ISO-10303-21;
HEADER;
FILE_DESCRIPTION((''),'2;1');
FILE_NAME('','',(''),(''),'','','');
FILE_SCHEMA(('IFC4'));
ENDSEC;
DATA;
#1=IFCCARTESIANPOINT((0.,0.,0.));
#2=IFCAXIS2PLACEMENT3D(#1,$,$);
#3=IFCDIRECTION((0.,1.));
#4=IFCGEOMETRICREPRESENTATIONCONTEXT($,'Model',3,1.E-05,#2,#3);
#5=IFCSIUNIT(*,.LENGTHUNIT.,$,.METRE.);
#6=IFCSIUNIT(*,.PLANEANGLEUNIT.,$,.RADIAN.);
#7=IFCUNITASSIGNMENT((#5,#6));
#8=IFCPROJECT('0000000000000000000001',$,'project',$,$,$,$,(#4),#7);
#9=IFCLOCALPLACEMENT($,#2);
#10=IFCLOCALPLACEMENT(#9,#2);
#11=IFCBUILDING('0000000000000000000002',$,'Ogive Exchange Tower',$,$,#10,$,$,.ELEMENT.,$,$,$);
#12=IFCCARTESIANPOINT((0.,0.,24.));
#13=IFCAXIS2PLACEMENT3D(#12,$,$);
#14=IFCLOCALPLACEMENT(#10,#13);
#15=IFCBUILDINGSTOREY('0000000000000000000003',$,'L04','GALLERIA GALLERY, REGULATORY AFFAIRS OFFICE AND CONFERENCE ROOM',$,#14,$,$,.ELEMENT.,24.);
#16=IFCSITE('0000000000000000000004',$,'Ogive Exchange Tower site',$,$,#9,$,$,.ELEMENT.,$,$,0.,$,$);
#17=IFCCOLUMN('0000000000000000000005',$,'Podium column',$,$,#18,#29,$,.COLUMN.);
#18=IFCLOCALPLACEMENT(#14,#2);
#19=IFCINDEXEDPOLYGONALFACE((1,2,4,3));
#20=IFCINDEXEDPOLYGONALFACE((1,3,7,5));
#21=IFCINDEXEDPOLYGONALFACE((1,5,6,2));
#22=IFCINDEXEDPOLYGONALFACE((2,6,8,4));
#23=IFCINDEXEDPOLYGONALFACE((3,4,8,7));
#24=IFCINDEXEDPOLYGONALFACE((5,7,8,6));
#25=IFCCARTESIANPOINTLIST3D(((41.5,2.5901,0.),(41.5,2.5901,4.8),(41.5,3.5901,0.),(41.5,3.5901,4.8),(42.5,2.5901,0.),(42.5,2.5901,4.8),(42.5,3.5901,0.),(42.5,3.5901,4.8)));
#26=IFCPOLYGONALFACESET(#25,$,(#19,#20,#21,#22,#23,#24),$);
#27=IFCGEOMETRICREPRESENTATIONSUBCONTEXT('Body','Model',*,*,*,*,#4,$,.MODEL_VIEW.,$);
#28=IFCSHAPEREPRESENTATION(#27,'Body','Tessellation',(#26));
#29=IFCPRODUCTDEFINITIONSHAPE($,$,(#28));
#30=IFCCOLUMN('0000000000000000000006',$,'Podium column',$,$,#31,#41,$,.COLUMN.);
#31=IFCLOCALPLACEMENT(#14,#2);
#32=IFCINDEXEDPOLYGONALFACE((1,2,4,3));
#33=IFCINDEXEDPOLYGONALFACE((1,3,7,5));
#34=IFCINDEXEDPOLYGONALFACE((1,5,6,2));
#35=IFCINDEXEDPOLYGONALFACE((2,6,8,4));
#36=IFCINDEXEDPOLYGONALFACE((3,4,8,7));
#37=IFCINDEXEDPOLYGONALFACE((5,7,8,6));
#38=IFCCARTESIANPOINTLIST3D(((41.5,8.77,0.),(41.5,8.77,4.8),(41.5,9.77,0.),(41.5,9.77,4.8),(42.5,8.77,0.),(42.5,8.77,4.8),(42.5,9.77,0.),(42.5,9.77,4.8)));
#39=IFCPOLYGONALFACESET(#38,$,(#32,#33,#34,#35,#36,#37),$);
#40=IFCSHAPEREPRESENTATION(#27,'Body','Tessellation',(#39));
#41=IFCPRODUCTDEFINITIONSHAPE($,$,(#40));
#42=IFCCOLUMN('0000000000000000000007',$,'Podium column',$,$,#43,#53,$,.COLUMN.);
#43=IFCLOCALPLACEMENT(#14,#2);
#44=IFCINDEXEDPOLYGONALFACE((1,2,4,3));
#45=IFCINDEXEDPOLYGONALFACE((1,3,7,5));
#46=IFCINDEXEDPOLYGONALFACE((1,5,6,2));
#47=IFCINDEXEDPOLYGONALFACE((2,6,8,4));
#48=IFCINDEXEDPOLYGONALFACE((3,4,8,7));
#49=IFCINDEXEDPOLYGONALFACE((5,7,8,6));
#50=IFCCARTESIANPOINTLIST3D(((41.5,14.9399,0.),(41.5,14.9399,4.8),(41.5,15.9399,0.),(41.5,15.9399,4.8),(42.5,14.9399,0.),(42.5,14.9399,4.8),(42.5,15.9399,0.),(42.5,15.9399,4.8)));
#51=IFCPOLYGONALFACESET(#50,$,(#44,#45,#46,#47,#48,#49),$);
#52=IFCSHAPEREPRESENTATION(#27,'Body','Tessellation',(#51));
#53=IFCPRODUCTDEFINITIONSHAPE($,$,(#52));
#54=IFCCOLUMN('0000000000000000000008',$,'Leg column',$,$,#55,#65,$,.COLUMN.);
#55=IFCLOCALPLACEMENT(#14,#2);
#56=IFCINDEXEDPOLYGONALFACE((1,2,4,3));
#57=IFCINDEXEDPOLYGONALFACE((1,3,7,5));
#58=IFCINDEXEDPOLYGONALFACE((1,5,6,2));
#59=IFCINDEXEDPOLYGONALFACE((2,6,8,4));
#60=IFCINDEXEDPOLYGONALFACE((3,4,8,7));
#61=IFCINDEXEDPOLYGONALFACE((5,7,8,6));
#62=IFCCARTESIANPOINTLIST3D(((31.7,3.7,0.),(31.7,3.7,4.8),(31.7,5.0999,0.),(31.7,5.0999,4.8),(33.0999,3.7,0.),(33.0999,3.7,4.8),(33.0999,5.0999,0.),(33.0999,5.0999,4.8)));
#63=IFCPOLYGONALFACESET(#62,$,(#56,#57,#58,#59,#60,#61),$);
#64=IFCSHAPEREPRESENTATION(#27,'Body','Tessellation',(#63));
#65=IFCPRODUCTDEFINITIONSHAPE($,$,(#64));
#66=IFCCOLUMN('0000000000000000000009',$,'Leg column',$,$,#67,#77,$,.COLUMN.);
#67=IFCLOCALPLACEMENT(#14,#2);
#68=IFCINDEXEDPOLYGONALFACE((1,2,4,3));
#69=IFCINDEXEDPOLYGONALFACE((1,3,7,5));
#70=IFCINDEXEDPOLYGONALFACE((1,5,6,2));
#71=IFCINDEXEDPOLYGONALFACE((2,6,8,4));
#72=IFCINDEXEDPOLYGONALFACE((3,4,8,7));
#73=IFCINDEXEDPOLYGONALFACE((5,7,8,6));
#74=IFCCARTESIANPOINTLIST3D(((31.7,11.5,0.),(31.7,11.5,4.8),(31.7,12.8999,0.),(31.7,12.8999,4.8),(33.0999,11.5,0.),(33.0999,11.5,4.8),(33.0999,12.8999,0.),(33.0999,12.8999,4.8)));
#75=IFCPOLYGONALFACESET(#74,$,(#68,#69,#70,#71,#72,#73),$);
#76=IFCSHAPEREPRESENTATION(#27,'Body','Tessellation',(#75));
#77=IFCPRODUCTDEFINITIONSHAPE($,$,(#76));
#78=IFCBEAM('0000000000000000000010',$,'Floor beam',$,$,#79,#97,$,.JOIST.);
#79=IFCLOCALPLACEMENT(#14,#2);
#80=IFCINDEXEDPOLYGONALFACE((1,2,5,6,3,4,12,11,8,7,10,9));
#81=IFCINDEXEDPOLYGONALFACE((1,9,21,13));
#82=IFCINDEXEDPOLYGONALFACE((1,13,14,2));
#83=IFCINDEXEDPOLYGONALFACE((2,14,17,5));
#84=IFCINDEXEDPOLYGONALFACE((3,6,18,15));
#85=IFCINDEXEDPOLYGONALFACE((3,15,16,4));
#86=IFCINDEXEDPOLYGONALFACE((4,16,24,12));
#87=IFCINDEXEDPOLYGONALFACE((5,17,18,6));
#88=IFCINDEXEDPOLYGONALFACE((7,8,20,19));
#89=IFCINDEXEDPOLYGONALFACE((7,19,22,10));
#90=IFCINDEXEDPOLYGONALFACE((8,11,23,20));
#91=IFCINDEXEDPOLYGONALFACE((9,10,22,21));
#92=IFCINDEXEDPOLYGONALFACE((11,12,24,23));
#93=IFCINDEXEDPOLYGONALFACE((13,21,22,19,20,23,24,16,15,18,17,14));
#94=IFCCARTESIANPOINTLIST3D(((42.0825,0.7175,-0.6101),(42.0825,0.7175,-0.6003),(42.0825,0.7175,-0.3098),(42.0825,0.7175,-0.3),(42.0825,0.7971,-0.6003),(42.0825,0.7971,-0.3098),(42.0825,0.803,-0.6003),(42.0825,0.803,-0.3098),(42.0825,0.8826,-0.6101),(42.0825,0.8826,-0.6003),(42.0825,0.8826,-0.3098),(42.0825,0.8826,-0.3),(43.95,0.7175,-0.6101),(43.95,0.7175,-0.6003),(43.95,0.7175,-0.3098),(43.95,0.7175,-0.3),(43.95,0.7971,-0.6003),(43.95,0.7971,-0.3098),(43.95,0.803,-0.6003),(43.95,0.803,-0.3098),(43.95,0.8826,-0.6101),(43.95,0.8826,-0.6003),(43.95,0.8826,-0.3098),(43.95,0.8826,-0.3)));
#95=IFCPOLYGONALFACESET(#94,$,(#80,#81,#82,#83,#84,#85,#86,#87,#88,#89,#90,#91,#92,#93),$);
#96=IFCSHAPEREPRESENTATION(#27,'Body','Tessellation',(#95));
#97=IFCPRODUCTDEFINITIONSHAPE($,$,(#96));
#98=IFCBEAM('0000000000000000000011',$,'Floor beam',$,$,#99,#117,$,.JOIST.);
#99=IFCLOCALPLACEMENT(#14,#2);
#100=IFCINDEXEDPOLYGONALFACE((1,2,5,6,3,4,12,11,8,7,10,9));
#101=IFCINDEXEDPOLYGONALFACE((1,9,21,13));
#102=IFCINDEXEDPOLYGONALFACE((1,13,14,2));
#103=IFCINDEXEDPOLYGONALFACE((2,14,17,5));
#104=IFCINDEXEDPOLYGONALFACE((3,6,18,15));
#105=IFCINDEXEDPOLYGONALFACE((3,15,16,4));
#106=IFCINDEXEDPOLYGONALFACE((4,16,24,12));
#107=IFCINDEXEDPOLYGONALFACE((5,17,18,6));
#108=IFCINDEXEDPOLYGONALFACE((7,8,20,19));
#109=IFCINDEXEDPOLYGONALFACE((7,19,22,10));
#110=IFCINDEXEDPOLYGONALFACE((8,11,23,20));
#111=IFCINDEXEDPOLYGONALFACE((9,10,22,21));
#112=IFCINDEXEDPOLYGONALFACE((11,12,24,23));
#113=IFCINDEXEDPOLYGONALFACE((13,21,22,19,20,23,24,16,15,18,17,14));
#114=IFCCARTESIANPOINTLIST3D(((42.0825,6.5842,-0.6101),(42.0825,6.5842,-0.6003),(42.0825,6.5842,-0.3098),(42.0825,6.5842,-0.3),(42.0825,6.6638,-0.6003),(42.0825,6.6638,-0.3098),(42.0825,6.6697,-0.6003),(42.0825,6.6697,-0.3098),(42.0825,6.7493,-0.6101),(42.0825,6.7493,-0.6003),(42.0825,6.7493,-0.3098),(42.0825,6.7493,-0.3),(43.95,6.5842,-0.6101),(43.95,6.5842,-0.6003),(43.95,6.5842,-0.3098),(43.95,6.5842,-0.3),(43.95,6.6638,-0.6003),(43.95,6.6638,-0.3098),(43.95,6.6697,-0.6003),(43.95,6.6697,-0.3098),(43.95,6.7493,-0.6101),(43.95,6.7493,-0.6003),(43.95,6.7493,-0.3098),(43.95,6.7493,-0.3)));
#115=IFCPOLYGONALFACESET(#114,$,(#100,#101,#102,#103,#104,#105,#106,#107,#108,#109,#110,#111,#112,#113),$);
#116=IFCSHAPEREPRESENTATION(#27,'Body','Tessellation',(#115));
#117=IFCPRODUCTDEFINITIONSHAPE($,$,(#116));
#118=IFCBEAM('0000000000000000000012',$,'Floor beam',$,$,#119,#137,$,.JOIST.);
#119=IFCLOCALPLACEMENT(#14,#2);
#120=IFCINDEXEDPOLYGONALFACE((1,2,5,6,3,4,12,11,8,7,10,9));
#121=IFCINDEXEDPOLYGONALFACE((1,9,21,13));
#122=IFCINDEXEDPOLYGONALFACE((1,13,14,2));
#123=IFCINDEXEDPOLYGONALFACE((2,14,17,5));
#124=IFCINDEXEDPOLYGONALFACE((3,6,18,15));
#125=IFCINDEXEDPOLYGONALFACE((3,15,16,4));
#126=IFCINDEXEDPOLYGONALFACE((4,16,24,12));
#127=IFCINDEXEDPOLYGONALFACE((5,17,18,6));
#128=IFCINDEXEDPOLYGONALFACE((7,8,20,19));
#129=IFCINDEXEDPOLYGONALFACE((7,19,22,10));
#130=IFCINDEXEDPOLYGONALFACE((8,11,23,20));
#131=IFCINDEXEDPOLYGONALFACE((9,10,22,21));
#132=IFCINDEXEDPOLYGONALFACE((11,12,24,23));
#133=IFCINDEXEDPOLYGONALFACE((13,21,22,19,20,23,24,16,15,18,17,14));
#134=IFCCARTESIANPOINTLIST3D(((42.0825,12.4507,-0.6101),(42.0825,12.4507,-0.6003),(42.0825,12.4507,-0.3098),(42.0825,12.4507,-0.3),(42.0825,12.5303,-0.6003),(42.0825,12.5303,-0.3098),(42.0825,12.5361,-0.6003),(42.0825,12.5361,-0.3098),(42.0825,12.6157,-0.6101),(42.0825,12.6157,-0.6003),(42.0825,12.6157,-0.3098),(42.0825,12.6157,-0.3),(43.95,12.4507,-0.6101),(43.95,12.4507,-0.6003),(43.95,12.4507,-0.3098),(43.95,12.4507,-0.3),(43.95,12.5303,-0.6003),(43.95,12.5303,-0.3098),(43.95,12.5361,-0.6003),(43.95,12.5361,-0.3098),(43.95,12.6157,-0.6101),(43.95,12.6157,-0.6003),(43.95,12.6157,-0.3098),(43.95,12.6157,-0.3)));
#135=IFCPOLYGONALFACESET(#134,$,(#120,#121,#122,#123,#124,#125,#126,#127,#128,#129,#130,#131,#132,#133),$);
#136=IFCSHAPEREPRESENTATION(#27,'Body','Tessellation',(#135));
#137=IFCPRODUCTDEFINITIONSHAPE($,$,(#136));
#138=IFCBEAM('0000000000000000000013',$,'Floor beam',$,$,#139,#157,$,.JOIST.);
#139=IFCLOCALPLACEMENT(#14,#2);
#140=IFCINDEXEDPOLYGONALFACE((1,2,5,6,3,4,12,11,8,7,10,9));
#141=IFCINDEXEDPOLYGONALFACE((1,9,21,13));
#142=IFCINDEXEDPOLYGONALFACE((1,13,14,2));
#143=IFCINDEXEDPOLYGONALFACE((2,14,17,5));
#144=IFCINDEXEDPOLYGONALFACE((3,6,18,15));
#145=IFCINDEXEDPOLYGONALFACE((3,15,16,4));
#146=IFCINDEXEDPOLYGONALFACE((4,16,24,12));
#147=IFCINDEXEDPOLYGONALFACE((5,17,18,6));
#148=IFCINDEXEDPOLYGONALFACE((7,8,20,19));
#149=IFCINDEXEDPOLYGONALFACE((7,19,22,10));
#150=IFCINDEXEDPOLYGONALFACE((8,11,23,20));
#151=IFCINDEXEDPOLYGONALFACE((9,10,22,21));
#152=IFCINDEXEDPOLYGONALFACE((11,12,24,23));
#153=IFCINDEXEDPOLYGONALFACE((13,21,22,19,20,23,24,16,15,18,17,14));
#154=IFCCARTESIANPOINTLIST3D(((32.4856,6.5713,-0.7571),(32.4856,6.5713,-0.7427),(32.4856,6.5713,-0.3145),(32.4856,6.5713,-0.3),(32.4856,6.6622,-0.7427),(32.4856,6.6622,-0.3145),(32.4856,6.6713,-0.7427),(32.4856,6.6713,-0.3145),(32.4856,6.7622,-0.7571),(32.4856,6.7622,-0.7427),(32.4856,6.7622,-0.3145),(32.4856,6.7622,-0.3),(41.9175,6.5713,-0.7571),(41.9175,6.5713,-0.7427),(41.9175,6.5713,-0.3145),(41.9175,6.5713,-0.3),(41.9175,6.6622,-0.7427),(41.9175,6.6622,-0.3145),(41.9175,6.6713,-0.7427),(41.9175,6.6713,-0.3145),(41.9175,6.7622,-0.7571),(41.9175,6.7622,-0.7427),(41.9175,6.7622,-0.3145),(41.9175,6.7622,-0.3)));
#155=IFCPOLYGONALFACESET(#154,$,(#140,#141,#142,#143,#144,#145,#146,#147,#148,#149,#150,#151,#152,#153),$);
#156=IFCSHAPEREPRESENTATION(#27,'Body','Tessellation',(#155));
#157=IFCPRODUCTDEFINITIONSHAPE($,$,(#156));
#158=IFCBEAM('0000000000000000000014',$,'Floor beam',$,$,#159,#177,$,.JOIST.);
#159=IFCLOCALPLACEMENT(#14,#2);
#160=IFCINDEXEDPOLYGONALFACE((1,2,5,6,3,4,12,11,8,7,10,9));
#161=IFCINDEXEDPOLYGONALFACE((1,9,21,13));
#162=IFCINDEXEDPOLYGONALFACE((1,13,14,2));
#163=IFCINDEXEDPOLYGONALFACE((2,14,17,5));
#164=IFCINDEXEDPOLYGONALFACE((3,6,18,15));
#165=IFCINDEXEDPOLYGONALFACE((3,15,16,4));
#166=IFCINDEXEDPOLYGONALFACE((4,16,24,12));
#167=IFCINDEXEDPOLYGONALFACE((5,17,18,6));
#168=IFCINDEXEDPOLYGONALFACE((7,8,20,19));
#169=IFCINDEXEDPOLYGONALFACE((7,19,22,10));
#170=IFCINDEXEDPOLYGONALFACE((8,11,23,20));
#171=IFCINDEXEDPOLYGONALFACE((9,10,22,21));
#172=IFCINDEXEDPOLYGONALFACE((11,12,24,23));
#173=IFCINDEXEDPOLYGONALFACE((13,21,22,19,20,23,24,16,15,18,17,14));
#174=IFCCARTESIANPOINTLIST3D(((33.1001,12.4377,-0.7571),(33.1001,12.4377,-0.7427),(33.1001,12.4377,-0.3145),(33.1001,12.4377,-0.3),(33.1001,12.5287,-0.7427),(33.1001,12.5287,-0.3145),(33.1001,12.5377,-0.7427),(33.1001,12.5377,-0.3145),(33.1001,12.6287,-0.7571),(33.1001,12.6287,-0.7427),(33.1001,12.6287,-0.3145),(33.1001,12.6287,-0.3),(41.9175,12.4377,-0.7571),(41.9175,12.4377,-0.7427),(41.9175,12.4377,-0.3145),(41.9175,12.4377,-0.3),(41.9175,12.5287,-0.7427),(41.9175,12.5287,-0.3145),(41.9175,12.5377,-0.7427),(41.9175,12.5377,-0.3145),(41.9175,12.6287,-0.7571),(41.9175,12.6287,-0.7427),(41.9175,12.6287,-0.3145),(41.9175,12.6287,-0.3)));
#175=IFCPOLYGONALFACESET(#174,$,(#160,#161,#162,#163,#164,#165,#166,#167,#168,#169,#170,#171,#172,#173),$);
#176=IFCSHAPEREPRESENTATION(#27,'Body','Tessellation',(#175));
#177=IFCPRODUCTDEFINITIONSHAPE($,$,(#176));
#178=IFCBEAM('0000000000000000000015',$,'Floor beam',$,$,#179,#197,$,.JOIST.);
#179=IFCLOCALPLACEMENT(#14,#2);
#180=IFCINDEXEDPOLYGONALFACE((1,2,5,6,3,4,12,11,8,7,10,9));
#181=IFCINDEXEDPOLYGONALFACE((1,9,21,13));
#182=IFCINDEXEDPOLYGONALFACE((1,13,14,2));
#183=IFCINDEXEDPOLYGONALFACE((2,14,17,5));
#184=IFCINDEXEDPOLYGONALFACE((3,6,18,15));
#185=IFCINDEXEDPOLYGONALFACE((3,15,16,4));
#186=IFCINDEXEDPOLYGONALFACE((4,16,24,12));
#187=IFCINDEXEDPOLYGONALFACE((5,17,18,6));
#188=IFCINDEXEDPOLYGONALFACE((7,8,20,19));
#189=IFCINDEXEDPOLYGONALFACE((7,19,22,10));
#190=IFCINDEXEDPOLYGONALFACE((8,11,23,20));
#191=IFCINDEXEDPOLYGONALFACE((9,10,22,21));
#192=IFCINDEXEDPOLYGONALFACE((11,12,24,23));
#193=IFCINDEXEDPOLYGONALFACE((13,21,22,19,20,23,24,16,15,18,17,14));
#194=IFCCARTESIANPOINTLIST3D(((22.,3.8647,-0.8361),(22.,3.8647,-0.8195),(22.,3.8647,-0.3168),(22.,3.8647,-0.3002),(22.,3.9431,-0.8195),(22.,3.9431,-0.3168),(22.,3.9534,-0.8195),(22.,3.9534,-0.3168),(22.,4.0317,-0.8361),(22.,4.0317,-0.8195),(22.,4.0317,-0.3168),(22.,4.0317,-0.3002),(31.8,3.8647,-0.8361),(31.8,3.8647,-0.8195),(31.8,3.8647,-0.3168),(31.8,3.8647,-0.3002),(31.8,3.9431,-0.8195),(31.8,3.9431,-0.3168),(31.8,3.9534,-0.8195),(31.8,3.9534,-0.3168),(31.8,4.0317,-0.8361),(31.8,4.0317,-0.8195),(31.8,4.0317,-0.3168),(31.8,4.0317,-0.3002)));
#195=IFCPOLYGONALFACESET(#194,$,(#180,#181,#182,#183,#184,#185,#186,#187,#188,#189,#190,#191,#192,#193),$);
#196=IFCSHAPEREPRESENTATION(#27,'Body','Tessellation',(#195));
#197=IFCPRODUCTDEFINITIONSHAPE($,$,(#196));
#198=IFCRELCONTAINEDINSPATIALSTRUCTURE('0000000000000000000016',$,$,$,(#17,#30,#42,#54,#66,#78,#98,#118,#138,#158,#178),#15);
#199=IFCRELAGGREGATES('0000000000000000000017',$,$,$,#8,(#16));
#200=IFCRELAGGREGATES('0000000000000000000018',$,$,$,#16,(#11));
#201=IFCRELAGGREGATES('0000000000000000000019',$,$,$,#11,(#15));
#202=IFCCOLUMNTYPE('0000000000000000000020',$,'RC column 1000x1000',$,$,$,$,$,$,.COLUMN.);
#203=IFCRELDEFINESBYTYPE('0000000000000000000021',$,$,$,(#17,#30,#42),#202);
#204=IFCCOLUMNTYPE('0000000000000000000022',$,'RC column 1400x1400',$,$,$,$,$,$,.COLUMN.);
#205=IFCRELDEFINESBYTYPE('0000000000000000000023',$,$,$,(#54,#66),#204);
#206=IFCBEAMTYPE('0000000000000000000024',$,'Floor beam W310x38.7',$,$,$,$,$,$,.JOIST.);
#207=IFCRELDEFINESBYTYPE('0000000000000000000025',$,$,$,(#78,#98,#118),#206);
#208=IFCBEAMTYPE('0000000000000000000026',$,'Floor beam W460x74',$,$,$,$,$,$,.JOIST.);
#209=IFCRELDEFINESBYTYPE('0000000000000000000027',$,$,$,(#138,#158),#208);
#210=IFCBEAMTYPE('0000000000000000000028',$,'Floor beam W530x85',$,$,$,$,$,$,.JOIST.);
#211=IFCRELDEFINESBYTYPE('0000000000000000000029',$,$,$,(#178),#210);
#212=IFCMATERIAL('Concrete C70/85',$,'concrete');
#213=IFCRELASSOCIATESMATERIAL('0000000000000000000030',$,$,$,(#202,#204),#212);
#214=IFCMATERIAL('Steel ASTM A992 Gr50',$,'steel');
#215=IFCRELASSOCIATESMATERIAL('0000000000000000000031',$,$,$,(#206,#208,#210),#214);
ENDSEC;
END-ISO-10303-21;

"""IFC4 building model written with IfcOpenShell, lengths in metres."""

from ifc_helpers import new_model, si_unit, direction, frame, origin, origin_2d, place, context, subcontext, project, spatial, rectangle, i_section, extrude, material, material_profile, profile_set, type_object, element, save


model = new_model("IFC4")

# Units and contexts
model_context = context("Model", 3, precision=1e-05, world=origin(), true_north=direction((0.0, 1.0)))
body_context = subcontext(model_context, "Body", "Model", "MODEL_VIEW")
ifc_project = project(units=[si_unit("LENGTHUNIT", "METRE"), si_unit("PLANEANGLEUNIT", "RADIAN")], contexts=[model_context])

# Site, building, storey
site_placement = place(None, origin())
site = spatial("IfcSite", under=ifc_project, at=site_placement, Name="Ogive Exchange Tower site", CompositionType="ELEMENT", RefElevation=0.0)
building_placement = place(site_placement, origin())
building = spatial("IfcBuilding", under=site, at=building_placement, Name="Ogive Exchange Tower", CompositionType="ELEMENT")
storey_placement = place(building_placement, frame((0.0, 0.0, 24.0)))
storey = spatial("IfcBuildingStorey", under=building, at=storey_placement, Name="L04", Description="GALLERIA GALLERY, REGULATORY AFFAIRS OFFICE AND CONFERENCE ROOM", CompositionType="ELEMENT", Elevation=24.0)

# Columns
ifc_material_1 = material(Name="Concrete C70/85", Category="concrete")
ifc_material_profile_1 = material_profile(ifc_material_1, rectangle(XDim=1.0, YDim=1.0, at=origin_2d()), Name="RC 1000x1000")
ifc_profile_set_1 = profile_set([ifc_material_profile_1], Name="Concrete C70/85")
column_type_1 = type_object("IfcColumnType", Name="RC column 1000x1000", PredefinedType="COLUMN", material=ifc_profile_set_1)
for number, where, z_axis, x_axis, name in (
    (1, (42.0, 3.0901, 0.0), (0.0, 0.0, 1.0), (1.0, 0.0, 0.0), "Podium column"),
    (2, (42.0, 9.27, 0.0), (0.0, 0.0, 1.0), (1.0, 0.0, 0.0), "Podium column"),
    (3, (42.0, 15.4399, 0.0), (0.0, 0.0, 1.0), (1.0, 0.0, 0.0), "Podium column"),
):
    element("IfcColumn", number, at=place(storey_placement, frame(where, z_axis=z_axis, x_axis=x_axis)), inside=storey, type_object=column_type_1, Name=name, PredefinedType="COLUMN", context=body_context, shape_type="SweptSolid", body=[
        extrude(rectangle(XDim=1.0, YDim=1.0, at=origin_2d()), origin(), (0.0, 0.0, 1.0), 4.8),
    ])
ifc_material_profile_2 = material_profile(ifc_material_1, rectangle(XDim=1.3999, YDim=1.3999, at=origin_2d()), Name="RC 1400x1400")
ifc_profile_set_2 = profile_set([ifc_material_profile_2], Name="Concrete C70/85")
column_type_2 = type_object("IfcColumnType", Name="RC column 1400x1400", PredefinedType="COLUMN", material=ifc_profile_set_2)
for number, where, z_axis, x_axis, name in (
    (4, (32.3999, 4.3999, 0.0), (0.0, 0.0, 1.0), (1.0, 0.0, 0.0), "Leg column"),
    (5, (32.3999, 12.2, 0.0), (0.0, 0.0, 1.0), (1.0, 0.0, 0.0), "Leg column"),
):
    element("IfcColumn", number, at=place(storey_placement, frame(where, z_axis=z_axis, x_axis=x_axis)), inside=storey, type_object=column_type_2, Name=name, PredefinedType="COLUMN", context=body_context, shape_type="SweptSolid", body=[
        extrude(rectangle(XDim=1.3999, YDim=1.3999, at=origin_2d()), origin(), (0.0, 0.0, 1.0), 4.8),
    ])

# Beams
ifc_material_2 = material(Name="Steel ASTM A992 Gr50", Category="steel")
ifc_material_profile_3 = material_profile(ifc_material_2, i_section(OverallWidth=0.165, OverallDepth=0.3101, WebThickness=0.0059, FlangeThickness=0.0098, at=origin_2d()), Name="W310x38.7")
ifc_profile_set_3 = profile_set([ifc_material_profile_3], Name="Steel ASTM A992 Gr50")
beam_type_1 = type_object("IfcBeamType", Name="Floor beam W310x38.7", PredefinedType="JOIST", material=ifc_profile_set_3)
for number, where, z_axis, x_axis, name in (
    (6, (42.0825, 0.8, -0.4551), (1.0, 0.0, 0.0), (0.0, 1.0, 0.0), "Floor beam"),
    (7, (42.0825, 6.6667, -0.4551), (1.0, 0.0, 0.0), (0.0, 1.0, 0.0), "Floor beam"),
    (8, (42.0825, 12.5332, -0.4551), (1.0, 0.0, 0.0), (0.0, 1.0, 0.0), "Floor beam"),
):
    element("IfcBeam", number, at=place(storey_placement, frame(where, z_axis=z_axis, x_axis=x_axis)), inside=storey, type_object=beam_type_1, Name=name, PredefinedType="JOIST", context=body_context, shape_type="SweptSolid", body=[
        extrude(i_section(OverallWidth=0.165, OverallDepth=0.3101, WebThickness=0.0059, FlangeThickness=0.0098, at=origin_2d()), origin(), (0.0, 0.0, 1.0), 1.8674),
    ])
ifc_material_profile_4 = material_profile(ifc_material_2, i_section(OverallWidth=0.1909, OverallDepth=0.457, WebThickness=0.009, FlangeThickness=0.0144, at=origin_2d()), Name="W460x74")
ifc_profile_set_4 = profile_set([ifc_material_profile_4], Name="Steel ASTM A992 Gr50")
beam_type_2 = type_object("IfcBeamType", Name="Floor beam W460x74", PredefinedType="JOIST", material=ifc_profile_set_4)
beam_1_placement = place(storey_placement, frame((32.4856, 6.6667, -0.5286), z_axis=(1.0, 0.0, 0.0), x_axis=(0.0, 1.0, 0.0)))
element("IfcBeam", 9, at=beam_1_placement, inside=storey, type_object=beam_type_2, Name="Floor beam", PredefinedType="JOIST", context=body_context, shape_type="SweptSolid", body=[
    extrude(i_section(OverallWidth=0.1909, OverallDepth=0.457, WebThickness=0.009, FlangeThickness=0.0144, at=origin_2d()), origin(), (0.0, 0.0, 1.0), 9.4319),
])
beam_2_placement = place(storey_placement, frame((33.1001, 12.5332, -0.5286), z_axis=(1.0, 0.0, 0.0), x_axis=(0.0, 1.0, 0.0)))
element("IfcBeam", 10, at=beam_2_placement, inside=storey, type_object=beam_type_2, Name="Floor beam", PredefinedType="JOIST", context=body_context, shape_type="SweptSolid", body=[
    extrude(i_section(OverallWidth=0.1909, OverallDepth=0.457, WebThickness=0.009, FlangeThickness=0.0144, at=origin_2d()), origin(), (0.0, 0.0, 1.0), 8.8174),
])
ifc_material_profile_5 = material_profile(ifc_material_2, i_section(OverallWidth=0.167, OverallDepth=0.5359, WebThickness=0.0103, FlangeThickness=0.0166, at=origin_2d()), Name="W530x85")
ifc_profile_set_5 = profile_set([ifc_material_profile_5], Name="Steel ASTM A992 Gr50")
beam_type_3 = type_object("IfcBeamType", Name="Floor beam W530x85", PredefinedType="JOIST", material=ifc_profile_set_5)
beam_3_placement = place(storey_placement, frame((22.0, 3.9482, -0.5681), z_axis=(1.0, 0.0, 0.0), x_axis=(0.0, 1.0, 0.0)))
element("IfcBeam", 11, at=beam_3_placement, inside=storey, type_object=beam_type_3, Name="Floor beam", PredefinedType="JOIST", context=body_context, shape_type="SweptSolid", body=[
    extrude(i_section(OverallWidth=0.167, OverallDepth=0.5359, WebThickness=0.0103, FlangeThickness=0.0166, at=origin_2d()), origin(), (0.0, 0.0, 1.0), 9.8),
])

save(model, "model.ifc")
